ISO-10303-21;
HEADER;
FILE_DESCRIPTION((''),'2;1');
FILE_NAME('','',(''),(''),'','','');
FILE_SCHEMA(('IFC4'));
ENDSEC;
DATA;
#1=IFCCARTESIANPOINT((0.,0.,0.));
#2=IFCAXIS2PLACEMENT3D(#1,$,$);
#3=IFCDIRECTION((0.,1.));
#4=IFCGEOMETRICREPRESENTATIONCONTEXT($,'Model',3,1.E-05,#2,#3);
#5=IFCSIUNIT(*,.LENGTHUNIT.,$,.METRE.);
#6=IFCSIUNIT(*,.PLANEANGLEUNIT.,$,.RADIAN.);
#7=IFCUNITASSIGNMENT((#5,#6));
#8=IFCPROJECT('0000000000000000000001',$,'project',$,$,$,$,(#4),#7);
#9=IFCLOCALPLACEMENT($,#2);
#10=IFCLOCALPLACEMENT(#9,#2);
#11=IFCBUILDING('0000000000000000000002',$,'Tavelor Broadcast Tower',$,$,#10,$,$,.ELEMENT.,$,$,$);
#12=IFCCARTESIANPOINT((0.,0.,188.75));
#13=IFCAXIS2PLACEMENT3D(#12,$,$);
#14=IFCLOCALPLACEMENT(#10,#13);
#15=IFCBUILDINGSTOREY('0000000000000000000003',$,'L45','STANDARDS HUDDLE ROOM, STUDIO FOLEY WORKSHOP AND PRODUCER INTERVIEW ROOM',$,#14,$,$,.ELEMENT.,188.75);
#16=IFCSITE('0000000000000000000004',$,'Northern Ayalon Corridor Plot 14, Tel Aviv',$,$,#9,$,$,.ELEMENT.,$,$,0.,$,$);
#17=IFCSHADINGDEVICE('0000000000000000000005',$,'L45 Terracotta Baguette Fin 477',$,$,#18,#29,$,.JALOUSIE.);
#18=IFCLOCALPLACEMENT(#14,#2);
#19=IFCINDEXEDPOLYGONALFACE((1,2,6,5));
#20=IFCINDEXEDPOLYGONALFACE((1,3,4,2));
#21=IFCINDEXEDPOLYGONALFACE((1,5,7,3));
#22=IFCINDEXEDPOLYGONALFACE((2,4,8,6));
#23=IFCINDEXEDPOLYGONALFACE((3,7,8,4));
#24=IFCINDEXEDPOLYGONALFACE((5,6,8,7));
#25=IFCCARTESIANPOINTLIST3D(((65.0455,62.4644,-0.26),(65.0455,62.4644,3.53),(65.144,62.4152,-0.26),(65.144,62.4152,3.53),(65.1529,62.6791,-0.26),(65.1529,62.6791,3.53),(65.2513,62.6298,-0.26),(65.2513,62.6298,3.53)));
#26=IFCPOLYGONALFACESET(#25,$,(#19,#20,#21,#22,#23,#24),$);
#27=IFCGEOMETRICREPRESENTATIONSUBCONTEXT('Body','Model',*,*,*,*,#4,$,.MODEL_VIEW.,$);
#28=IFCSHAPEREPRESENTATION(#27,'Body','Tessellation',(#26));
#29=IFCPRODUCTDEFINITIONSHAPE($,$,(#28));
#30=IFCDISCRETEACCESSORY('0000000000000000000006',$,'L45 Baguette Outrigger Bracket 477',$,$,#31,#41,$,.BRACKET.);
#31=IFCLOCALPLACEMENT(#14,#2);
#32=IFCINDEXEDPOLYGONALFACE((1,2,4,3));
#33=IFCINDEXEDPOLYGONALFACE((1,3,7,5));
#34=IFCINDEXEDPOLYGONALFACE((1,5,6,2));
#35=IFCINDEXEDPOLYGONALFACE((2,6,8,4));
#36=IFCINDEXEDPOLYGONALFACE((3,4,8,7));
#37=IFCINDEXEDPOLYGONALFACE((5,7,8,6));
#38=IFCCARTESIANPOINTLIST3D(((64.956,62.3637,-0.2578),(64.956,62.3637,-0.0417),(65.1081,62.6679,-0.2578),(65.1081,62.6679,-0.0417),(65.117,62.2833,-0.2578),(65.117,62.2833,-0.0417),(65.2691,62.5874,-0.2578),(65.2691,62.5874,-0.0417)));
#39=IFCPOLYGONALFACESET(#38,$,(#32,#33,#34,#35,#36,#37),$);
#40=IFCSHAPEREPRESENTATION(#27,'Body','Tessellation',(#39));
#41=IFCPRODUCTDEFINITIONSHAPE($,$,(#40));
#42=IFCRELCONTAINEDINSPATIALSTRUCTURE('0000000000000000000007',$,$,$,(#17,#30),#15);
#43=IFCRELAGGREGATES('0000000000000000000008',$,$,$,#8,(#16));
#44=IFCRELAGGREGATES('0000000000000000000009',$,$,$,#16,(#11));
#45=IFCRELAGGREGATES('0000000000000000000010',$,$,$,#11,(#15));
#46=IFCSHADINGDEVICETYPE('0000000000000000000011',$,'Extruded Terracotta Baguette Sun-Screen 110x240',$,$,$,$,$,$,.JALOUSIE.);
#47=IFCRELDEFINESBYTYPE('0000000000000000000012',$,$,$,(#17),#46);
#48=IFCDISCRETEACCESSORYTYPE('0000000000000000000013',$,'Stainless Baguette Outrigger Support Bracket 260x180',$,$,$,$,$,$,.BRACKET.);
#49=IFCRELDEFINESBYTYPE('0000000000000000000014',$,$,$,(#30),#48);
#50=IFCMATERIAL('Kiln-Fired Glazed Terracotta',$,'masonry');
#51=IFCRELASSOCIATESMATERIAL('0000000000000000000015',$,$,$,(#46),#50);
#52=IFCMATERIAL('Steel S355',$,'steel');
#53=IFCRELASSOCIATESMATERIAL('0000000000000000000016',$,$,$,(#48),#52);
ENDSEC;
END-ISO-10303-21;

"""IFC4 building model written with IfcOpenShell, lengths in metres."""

from ifc_helpers import new_model, si_unit, direction, frame, origin, origin_2d, place, context, subcontext, project, spatial, rectangle, extrude, source, transform, mapped, material, type_object, type_shapes, element, save


model = new_model("IFC4")

# Units and contexts
model_context = context("Model", 3, precision=1e-05, world=origin(), true_north=direction((0.0, 1.0)))
body_context = subcontext(model_context, "Body", "Model", "MODEL_VIEW")
ifc_project = project(units=[si_unit("LENGTHUNIT", "METRE"), si_unit("PLANEANGLEUNIT", "RADIAN")], contexts=[model_context])

# Site, building, storey
site_placement = place(None, origin())
site = spatial("IfcSite", under=ifc_project, at=site_placement, Name="Northern Ayalon Corridor Plot 14, Tel Aviv", CompositionType="ELEMENT", RefElevation=0.0)
building_placement = place(site_placement, origin())
building = spatial("IfcBuilding", under=site, at=building_placement, Name="Tavelor Broadcast Tower", CompositionType="ELEMENT")
storey_placement = place(building_placement, frame((0.0, 0.0, 188.75)))
storey = spatial("IfcBuildingStorey", under=building, at=storey_placement, Name="L45", Description="STANDARDS HUDDLE ROOM, STUDIO FOLEY WORKSHOP AND PRODUCER INTERVIEW ROOM", CompositionType="ELEMENT", Elevation=188.75)

# Shared definitions
ifc_material_1 = material(Name="Steel S355", Category="steel")

# Shading device
ifc_material_2 = material(Name="Kiln-Fired Glazed Terracotta", Category="masonry")
shading_device_type = type_object("IfcShadingDeviceType", Name="Extruded Terracotta Baguette Sun-Screen 110x240", PredefinedType="JALOUSIE", material=ifc_material_2)
shared_shape_1 = source(origin(), body_context, "Body", "SweptSolid", [
    extrude(rectangle(XDim=0.1101, YDim=0.24, at=origin_2d()), origin(), (0.0, 0.0, 1.0), 3.79),
])
type_shapes(shading_device_type, [shared_shape_1])
shading_device_placement = place(storey_placement, frame((65.1484, 62.5471, -0.26), z_axis=(0.0, 0.0, 1.0), x_axis=(-0.894389, 0.447291, 0.0)))
element("IfcShadingDevice", 1, at=shading_device_placement, inside=storey, type_object=shading_device_type, Name="L45 Terracotta Baguette Fin 477", PredefinedType="JALOUSIE", context=body_context, shape_type="MappedRepresentation", body=[
    mapped(shared_shape_1, transform((0.0, 0.0, 0.0), scale=1.0)),
])

# Discrete accessory
discrete_accessory_type = type_object("IfcDiscreteAccessoryType", Name="Stainless Baguette Outrigger Support Bracket 260x180", PredefinedType="BRACKET", material=ifc_material_1)
shared_shape_2 = source(origin(), body_context, "Body", "SweptSolid", [
    extrude(rectangle(XDim=0.1799, YDim=0.3401, at=origin_2d()), origin(), (0.0, 0.0, 1.0), 0.2161),
])
type_shapes(discrete_accessory_type, [shared_shape_2])
discrete_accessory_placement = place(storey_placement, frame((65.1125, 62.4756, -0.2578), z_axis=(0.0, 0.0, 1.0), x_axis=(-0.894389, 0.447291, 0.0)))
element("IfcDiscreteAccessory", 2, at=discrete_accessory_placement, inside=storey, type_object=discrete_accessory_type, Name="L45 Baguette Outrigger Bracket 477", PredefinedType="BRACKET", context=body_context, shape_type="MappedRepresentation", body=[
    mapped(shared_shape_2, transform((0.0, 0.0, 0.0), scale=1.0)),
])

save(model, "model.ifc")
